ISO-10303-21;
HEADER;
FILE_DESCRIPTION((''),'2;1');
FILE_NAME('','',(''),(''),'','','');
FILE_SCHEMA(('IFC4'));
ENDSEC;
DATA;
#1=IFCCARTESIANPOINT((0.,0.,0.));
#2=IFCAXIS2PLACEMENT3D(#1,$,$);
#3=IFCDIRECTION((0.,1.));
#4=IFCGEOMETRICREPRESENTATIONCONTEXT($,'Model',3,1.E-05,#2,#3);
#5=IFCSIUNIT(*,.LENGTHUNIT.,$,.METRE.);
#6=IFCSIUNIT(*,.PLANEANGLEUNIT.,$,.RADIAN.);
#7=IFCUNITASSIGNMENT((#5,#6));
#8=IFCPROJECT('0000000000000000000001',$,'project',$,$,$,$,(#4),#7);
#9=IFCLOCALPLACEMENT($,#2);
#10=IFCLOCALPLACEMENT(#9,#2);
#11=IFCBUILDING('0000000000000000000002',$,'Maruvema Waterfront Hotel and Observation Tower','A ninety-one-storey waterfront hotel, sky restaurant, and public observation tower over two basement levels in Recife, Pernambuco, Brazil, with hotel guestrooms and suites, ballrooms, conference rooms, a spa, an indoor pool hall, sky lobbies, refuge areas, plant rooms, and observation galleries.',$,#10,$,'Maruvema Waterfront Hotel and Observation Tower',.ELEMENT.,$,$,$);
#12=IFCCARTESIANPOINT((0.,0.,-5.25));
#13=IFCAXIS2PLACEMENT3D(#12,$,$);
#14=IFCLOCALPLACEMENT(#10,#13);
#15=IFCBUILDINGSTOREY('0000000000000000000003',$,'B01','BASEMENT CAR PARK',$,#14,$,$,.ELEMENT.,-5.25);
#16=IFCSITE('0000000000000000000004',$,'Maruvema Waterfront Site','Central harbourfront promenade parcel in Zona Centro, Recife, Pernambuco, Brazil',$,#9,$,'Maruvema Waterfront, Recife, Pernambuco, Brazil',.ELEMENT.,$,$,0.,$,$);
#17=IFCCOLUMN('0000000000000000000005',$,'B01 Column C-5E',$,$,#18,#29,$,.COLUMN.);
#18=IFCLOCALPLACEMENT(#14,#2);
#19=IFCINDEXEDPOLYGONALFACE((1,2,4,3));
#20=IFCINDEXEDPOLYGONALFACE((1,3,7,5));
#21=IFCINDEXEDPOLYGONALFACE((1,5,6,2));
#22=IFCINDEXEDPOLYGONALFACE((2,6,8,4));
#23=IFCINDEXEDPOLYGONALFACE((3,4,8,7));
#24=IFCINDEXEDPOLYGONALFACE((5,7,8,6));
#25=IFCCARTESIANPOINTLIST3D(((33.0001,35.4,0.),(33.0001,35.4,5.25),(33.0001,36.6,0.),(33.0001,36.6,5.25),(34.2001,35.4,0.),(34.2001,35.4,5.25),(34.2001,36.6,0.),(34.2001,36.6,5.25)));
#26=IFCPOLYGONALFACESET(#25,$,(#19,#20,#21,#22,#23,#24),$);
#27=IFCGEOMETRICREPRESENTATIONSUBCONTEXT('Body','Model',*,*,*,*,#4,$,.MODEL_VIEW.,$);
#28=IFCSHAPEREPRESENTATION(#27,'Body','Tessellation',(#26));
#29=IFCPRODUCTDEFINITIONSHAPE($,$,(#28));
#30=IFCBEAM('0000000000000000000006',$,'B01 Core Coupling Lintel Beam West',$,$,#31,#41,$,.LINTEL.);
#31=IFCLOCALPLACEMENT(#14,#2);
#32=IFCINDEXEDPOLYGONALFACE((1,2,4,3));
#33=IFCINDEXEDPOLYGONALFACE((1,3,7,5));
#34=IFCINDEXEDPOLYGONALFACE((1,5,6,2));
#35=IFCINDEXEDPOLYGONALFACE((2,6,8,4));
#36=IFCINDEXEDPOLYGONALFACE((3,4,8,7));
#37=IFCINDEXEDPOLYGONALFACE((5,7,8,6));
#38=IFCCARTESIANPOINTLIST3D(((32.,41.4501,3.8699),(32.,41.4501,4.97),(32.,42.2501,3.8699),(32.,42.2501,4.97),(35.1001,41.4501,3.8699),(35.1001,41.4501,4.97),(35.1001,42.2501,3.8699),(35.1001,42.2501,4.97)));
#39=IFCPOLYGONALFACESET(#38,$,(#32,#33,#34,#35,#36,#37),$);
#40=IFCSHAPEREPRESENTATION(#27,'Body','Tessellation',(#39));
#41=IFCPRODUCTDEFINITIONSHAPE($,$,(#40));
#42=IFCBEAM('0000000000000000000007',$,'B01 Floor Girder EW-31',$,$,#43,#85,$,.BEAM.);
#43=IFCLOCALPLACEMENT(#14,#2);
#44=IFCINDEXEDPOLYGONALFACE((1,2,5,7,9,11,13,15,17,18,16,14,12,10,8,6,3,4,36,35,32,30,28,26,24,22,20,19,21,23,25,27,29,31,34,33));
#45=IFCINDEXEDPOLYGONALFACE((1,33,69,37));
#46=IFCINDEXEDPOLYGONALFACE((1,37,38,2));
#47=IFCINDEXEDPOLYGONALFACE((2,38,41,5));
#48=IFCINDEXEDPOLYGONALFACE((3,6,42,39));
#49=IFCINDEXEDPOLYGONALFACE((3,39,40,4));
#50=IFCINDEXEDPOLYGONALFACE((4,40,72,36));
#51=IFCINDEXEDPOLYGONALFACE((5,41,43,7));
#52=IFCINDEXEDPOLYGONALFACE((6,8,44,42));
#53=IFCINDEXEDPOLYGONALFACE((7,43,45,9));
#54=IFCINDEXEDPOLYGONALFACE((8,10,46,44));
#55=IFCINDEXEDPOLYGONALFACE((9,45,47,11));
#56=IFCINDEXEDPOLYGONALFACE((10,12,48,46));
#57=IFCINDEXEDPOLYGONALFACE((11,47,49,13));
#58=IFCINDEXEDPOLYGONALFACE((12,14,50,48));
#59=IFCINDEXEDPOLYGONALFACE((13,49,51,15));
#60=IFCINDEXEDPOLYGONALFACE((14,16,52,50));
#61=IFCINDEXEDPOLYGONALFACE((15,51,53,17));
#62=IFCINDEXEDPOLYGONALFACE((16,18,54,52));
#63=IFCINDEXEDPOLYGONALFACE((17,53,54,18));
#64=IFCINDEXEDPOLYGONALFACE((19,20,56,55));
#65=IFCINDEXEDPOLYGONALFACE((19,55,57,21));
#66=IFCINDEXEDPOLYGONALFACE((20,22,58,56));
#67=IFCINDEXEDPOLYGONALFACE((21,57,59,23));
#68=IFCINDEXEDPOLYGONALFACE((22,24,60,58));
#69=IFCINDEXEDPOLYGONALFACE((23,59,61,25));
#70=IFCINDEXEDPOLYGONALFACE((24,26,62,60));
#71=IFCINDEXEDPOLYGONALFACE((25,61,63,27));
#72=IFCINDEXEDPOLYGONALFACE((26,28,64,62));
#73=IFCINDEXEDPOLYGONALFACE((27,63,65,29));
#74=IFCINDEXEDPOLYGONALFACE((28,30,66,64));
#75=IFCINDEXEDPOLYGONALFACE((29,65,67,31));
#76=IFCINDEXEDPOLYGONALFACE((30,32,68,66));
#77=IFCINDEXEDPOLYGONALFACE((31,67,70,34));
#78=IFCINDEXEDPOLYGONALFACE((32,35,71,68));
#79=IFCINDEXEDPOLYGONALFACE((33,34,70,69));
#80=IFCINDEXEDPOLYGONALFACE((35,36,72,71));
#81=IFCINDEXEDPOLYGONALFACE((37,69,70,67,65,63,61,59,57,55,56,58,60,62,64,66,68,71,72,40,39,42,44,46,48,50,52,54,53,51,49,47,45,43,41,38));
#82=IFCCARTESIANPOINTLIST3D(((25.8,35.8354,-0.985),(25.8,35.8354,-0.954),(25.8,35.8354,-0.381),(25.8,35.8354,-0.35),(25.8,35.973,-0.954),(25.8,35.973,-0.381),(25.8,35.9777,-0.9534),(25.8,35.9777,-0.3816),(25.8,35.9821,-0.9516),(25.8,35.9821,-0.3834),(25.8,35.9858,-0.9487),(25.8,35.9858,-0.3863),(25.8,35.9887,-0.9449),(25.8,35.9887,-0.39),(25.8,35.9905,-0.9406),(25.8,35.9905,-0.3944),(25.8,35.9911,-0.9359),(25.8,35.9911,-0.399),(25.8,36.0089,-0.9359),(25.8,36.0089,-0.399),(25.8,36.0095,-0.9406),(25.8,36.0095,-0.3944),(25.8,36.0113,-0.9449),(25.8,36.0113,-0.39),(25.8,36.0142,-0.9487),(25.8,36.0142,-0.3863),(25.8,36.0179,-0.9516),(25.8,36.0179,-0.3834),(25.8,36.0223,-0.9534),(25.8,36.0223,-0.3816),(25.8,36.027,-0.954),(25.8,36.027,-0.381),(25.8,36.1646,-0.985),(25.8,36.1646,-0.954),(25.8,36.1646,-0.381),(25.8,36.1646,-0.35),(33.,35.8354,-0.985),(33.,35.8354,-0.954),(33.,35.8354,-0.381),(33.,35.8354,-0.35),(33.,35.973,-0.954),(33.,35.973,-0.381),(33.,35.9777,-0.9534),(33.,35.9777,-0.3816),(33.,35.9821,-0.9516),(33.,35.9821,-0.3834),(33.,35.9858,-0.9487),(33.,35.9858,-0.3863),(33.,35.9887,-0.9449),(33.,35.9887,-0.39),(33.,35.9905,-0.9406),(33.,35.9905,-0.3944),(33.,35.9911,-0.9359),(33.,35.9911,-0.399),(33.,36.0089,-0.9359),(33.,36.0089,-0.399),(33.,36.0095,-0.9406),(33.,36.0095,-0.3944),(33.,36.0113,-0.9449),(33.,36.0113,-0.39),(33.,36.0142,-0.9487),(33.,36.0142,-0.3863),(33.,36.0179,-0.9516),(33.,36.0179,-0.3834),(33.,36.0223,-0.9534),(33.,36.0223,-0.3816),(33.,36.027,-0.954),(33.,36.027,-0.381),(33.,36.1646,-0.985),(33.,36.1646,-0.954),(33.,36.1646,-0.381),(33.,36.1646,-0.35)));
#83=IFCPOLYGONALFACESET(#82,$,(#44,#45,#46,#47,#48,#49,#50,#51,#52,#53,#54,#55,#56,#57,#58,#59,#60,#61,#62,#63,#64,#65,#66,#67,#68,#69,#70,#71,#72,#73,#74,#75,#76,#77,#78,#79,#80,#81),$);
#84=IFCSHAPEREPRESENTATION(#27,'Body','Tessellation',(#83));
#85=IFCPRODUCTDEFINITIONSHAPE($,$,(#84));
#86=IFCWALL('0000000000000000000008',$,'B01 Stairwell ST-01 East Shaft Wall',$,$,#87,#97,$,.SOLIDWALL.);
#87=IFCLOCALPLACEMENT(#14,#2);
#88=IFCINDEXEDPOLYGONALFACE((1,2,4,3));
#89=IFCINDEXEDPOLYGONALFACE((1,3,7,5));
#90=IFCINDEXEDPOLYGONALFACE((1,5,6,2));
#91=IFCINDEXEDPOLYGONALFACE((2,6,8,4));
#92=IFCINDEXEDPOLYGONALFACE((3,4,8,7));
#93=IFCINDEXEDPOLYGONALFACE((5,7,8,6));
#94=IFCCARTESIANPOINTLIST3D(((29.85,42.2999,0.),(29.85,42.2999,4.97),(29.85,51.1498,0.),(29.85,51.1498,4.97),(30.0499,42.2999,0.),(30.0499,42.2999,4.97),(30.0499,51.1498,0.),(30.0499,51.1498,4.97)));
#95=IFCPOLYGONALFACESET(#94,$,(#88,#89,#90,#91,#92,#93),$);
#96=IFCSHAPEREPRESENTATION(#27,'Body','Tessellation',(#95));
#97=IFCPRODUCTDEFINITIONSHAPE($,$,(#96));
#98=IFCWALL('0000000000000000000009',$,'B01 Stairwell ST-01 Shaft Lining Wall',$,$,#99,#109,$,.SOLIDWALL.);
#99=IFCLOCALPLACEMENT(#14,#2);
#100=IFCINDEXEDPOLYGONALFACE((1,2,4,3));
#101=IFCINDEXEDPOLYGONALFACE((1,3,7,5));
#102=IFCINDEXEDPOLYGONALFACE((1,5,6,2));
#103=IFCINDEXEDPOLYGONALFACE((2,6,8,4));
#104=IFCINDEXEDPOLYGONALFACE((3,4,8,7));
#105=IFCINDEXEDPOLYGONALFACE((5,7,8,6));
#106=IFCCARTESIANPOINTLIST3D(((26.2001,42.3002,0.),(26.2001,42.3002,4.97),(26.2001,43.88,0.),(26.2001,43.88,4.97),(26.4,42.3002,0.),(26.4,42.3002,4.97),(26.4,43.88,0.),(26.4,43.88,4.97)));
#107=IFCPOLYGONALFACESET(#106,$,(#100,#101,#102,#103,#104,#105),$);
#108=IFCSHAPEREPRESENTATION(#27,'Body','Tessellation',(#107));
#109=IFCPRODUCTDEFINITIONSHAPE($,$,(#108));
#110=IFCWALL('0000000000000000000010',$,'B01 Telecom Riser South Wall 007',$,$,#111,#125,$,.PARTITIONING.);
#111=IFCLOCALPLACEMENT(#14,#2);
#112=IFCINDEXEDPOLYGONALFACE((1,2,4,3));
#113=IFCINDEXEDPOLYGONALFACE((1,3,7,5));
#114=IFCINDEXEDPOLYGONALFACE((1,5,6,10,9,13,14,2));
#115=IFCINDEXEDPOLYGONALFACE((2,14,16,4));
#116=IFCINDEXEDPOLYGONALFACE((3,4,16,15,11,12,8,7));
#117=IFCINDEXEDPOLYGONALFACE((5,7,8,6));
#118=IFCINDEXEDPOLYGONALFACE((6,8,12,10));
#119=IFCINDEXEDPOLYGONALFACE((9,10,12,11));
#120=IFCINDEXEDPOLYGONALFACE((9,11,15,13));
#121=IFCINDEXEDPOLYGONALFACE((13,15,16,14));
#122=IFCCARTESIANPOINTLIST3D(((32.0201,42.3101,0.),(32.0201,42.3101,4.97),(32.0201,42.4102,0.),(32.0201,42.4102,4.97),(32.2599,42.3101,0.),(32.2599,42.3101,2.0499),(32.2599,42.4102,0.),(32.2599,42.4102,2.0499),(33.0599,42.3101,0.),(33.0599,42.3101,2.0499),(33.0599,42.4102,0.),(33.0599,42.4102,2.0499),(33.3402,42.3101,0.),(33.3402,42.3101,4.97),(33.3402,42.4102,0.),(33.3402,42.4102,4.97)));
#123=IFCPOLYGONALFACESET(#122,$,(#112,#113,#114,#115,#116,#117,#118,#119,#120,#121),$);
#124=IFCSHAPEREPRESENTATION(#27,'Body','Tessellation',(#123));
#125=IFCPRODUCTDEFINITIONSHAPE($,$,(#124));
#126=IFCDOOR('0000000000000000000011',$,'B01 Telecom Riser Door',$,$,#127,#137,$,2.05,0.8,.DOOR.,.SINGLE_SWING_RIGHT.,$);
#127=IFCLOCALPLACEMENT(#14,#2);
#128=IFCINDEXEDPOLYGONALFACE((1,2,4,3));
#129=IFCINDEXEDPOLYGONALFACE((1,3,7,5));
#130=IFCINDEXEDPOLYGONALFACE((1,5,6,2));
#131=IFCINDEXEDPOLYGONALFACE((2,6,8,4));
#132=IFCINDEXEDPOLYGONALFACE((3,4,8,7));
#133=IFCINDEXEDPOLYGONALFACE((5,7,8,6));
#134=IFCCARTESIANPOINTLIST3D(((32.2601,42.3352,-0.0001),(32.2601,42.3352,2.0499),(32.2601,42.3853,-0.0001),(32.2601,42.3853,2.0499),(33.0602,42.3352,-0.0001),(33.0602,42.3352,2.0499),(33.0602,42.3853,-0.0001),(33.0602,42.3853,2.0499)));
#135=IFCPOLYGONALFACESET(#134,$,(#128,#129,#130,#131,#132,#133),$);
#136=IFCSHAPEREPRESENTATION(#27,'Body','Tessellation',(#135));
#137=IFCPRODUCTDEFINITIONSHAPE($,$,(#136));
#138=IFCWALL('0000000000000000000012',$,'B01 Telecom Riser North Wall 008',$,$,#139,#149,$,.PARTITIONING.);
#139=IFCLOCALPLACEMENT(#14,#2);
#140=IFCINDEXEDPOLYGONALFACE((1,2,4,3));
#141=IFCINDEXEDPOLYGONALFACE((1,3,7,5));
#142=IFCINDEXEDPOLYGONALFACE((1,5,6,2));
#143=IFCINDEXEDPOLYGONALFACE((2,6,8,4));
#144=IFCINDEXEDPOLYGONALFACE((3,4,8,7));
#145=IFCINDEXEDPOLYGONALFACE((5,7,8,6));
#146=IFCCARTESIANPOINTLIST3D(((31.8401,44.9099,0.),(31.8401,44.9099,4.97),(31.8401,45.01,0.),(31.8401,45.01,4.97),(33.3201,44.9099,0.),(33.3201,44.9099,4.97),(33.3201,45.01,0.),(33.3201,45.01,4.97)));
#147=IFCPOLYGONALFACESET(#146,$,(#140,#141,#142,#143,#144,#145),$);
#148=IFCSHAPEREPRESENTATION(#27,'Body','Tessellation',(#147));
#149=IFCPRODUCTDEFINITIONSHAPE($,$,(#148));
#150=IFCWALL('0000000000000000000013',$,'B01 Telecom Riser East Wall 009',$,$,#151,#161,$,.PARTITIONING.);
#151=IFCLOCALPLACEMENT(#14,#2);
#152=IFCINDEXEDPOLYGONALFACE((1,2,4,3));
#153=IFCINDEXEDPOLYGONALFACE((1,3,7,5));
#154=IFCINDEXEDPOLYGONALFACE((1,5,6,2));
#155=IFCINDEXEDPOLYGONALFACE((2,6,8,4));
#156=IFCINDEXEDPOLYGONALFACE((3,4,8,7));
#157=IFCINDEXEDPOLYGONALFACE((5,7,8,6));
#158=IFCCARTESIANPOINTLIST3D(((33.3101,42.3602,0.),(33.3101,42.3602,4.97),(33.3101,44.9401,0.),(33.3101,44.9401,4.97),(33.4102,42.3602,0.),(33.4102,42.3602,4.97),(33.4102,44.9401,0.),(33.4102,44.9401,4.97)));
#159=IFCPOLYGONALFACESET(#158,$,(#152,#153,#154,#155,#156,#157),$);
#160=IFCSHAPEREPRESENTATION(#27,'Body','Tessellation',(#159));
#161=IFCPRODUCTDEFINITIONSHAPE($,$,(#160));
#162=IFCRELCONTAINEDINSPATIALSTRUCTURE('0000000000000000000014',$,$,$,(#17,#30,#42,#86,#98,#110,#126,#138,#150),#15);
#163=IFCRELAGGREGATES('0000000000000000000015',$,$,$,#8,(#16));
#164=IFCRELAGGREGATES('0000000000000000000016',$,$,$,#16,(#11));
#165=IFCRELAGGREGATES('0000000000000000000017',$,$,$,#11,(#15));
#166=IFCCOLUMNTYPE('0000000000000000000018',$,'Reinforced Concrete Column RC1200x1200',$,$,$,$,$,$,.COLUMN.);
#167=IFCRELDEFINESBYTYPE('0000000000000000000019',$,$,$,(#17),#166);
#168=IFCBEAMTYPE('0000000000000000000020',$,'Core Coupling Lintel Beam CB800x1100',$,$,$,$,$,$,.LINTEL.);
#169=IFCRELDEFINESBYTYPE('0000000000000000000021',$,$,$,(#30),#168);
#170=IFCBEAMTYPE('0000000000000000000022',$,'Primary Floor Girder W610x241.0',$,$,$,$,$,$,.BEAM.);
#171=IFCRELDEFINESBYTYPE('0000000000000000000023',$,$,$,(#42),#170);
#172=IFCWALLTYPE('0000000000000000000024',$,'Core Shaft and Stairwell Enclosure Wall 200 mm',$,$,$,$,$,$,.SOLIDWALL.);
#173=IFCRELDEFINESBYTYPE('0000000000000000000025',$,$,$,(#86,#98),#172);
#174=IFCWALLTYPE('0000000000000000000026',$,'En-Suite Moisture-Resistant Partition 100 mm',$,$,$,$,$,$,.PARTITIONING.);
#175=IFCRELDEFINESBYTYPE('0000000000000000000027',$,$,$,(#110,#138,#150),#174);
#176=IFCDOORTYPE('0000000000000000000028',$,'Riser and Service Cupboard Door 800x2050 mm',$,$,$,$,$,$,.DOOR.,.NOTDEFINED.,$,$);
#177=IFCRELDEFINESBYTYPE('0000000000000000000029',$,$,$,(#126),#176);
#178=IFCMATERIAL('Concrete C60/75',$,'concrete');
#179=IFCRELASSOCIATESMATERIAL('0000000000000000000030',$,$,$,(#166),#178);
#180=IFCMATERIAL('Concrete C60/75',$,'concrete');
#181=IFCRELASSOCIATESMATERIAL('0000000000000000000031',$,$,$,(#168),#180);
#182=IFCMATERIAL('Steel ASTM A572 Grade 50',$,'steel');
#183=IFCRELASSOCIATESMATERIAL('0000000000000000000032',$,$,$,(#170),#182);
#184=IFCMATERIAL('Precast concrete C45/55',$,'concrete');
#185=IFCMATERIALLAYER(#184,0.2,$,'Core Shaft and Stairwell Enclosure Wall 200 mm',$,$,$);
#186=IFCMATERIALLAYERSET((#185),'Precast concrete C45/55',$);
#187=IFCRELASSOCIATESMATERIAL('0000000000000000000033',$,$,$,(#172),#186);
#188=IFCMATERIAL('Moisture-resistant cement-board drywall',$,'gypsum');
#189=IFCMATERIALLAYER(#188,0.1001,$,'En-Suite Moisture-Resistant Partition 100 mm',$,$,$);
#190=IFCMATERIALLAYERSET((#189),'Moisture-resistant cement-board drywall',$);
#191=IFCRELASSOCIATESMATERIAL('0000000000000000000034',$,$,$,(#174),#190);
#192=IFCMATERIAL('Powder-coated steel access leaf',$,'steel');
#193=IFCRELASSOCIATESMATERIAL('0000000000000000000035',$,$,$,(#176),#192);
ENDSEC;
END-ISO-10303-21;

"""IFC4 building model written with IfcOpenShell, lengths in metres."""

from ifc_helpers import new_model, si_unit, direction, frame, frame_2d, origin, origin_2d, place, context, subcontext, project, spatial, rectangle, i_section, extrude, material, layer, layer_set, material_profile, profile_set, type_object, element, fill, save


model = new_model("IFC4")

# Units and contexts
model_context = context("Model", 3, precision=1e-05, world=origin(), true_north=direction((0.0, 1.0)))
body_context = subcontext(model_context, "Body", "Model", "MODEL_VIEW")
ifc_project = project(units=[si_unit("LENGTHUNIT", "METRE"), si_unit("PLANEANGLEUNIT", "RADIAN")], contexts=[model_context])

# Site, building, storey
site_placement = place(None, origin())
site = spatial("IfcSite", under=ifc_project, at=site_placement, Name="Maruvema Waterfront Site", Description="Central harbourfront promenade parcel in Zona Centro, Recife, Pernambuco, Brazil", LongName="Maruvema Waterfront, Recife, Pernambuco, Brazil", CompositionType="ELEMENT", RefElevation=0.0)
building_placement = place(site_placement, origin())
building = spatial("IfcBuilding", under=site, at=building_placement, Name="Maruvema Waterfront Hotel and Observation Tower", Description="A ninety-one-storey waterfront hotel, sky restaurant, and public observation tower over two basement levels in Recife, Pernambuco, Brazil, with hotel guestrooms and suites, ballrooms, conference rooms, a spa, an indoor pool hall, sky lobbies, refuge areas, plant rooms, and observation galleries.", LongName="Maruvema Waterfront Hotel and Observation Tower", CompositionType="ELEMENT")
storey_placement = place(building_placement, frame((0.0, 0.0, -5.25)))
storey = spatial("IfcBuildingStorey", under=building, at=storey_placement, Name="B01", Description="BASEMENT CAR PARK", CompositionType="ELEMENT", Elevation=-5.25)

# Column
ifc_material_1 = material(Name="Concrete C60/75", Category="concrete")
ifc_material_profile_1 = material_profile(ifc_material_1, rectangle(XDim=1.2, YDim=1.2, at=origin_2d()), Name="RC1200x1200")
ifc_profile_set_1 = profile_set([ifc_material_profile_1], Name="Concrete C60/75")
column_type = type_object("IfcColumnType", Name="Reinforced Concrete Column RC1200x1200", PredefinedType="COLUMN", material=ifc_profile_set_1)
column_placement = place(storey_placement, frame((33.6001, 36.0, 0.0), z_axis=(0.0, 0.0, 1.0), x_axis=(1.0, 0.0, 0.0)))
element("IfcColumn", 1, at=column_placement, inside=storey, type_object=column_type, Name="B01 Column C-5E", PredefinedType="COLUMN", context=body_context, shape_type="SweptSolid", body=[
    extrude(rectangle(XDim=1.2, YDim=1.2, at=origin_2d()), origin(), (0.0, 0.0, 1.0), 5.25),
])

# Beams
ifc_material_2 = material(Name="Concrete C60/75", Category="concrete")
ifc_material_profile_2 = material_profile(ifc_material_2, rectangle(XDim=0.8, YDim=1.1001, at=origin_2d()), Name="CB800x1100")
ifc_profile_set_2 = profile_set([ifc_material_profile_2], Name="Concrete C60/75")
beam_type_1 = type_object("IfcBeamType", Name="Core Coupling Lintel Beam CB800x1100", PredefinedType="LINTEL", material=ifc_profile_set_2)
beam_1_placement = place(storey_placement, frame((32.0, 41.8501, 4.4199), z_axis=(1.0, 0.0, 0.0), x_axis=(0.0, 1.0, 0.0)))
element("IfcBeam", 2, at=beam_1_placement, inside=storey, type_object=beam_type_1, Name="B01 Core Coupling Lintel Beam West", PredefinedType="LINTEL", context=body_context, shape_type="SweptSolid", body=[
    extrude(rectangle(XDim=0.8, YDim=1.1001, at=origin_2d()), origin(), (0.0, 0.0, 1.0), 3.1001),
])
ifc_material_3 = material(Name="Steel ASTM A572 Grade 50", Category="steel")
ifc_material_profile_3 = material_profile(ifc_material_3, i_section(OverallWidth=0.3291, OverallDepth=0.635, WebThickness=0.0178, FlangeThickness=0.031, FilletRadius=0.0181, at=origin_2d()), Name="W610x241.0")
ifc_profile_set_3 = profile_set([ifc_material_profile_3], Name="Steel ASTM A572 Grade 50")
beam_type_2 = type_object("IfcBeamType", Name="Primary Floor Girder W610x241.0", PredefinedType="BEAM", material=ifc_profile_set_3)
beam_2_placement = place(storey_placement, frame((25.8, 36.0, -0.6675), z_axis=(1.0, 0.0, 0.0), x_axis=(0.0, 1.0, 0.0)))
element("IfcBeam", 3, at=beam_2_placement, inside=storey, type_object=beam_type_2, Name="B01 Floor Girder EW-31", PredefinedType="BEAM", context=body_context, shape_type="SweptSolid", body=[
    extrude(i_section(OverallWidth=0.3291, OverallDepth=0.635, WebThickness=0.0178, FlangeThickness=0.031, FilletRadius=0.0181, at=origin_2d()), origin(), (0.0, 0.0, 1.0), 7.2),
])

# Walls
ifc_material_4 = material(Name="Precast concrete C45/55", Category="concrete")
ifc_layer_1 = layer(ifc_material_4, 0.2, Name="Core Shaft and Stairwell Enclosure Wall 200 mm")
ifc_layer_set_1 = layer_set([ifc_layer_1], Name="Precast concrete C45/55")
wall_type_1 = type_object("IfcWallType", Name="Core Shaft and Stairwell Enclosure Wall 200 mm", PredefinedType="SOLIDWALL", material=ifc_layer_set_1)
wall_1_placement = place(storey_placement, frame((29.95, 42.3, 0.0), z_axis=(0.0, 0.0, 1.0), x_axis=(0.0, 1.0, 0.0)))
element("IfcWall", 4, at=wall_1_placement, inside=storey, type_object=wall_type_1, Name="B01 Stairwell ST-01 East Shaft Wall", PredefinedType="SOLIDWALL", context=body_context, shape_type="SweptSolid", body=[
    extrude(rectangle(XDim=8.8499, YDim=0.2, at=frame_2d((4.4248, 0.0))), origin(), (0.0, 0.0, 1.0), 4.97),
])
wall_2_placement = place(storey_placement, frame((26.3, 42.3, 0.0), z_axis=(0.0, 0.0, 1.0), x_axis=(0.0, 1.0, 0.0)))
element("IfcWall", 5, at=wall_2_placement, inside=storey, type_object=wall_type_1, Name="B01 Stairwell ST-01 Shaft Lining Wall", PredefinedType="SOLIDWALL", context=body_context, shape_type="SweptSolid", body=[
    extrude(rectangle(XDim=1.5798, YDim=0.2, at=frame_2d((0.79, 0.0))), origin(), (0.0, 0.0, 1.0), 4.97),
])

# Wall, opening, door
ifc_material_5 = material(Name="Moisture-resistant cement-board drywall", Category="gypsum")
ifc_layer_2 = layer(ifc_material_5, 0.1001, Name="En-Suite Moisture-Resistant Partition 100 mm")
ifc_layer_set_2 = layer_set([ifc_layer_2], Name="Moisture-resistant cement-board drywall")
wall_type_2 = type_object("IfcWallType", Name="En-Suite Moisture-Resistant Partition 100 mm", PredefinedType="PARTITIONING", material=ifc_layer_set_2)
wall_3_placement = place(storey_placement, frame((32.02, 42.3601, 0.0), z_axis=(0.0, 0.0, 1.0), x_axis=(1.0, 0.0, 0.0)))
wall_3 = element("IfcWall", 6, at=wall_3_placement, inside=storey, type_object=wall_type_2, Name="B01 Telecom Riser South Wall 007", PredefinedType="PARTITIONING", context=body_context, shape_type="SweptSolid", body=[
    extrude(rectangle(XDim=1.3201, YDim=0.1001, at=frame_2d((0.6602, 0.0))), origin(), (0.0, 0.0, 1.0), 4.97),
])
opening_1_placement = place(wall_3_placement, frame((0.24, 0.0, 0.0)))
opening_1 = element("IfcOpeningElement", 7, at=opening_1_placement, cuts=wall_3, PredefinedType="OPENING", context=body_context, shape_type="SweptSolid", body=[
    extrude(rectangle(XDim=0.8, YDim=2.05, at=frame_2d((0.3999, 1.0249))), frame((0.0, 0.0601, 0.0), z_axis=(0.0, -1.0, 0.0), x_axis=(1.0, 0.0, 0.0)), (0.0, 0.0, 1.0), 0.1201),
])
ifc_material_6 = material(Name="Powder-coated steel access leaf", Category="steel")
door_type_1 = type_object("IfcDoorType", Name="Riser and Service Cupboard Door 800x2050 mm", OperationType="NOTDEFINED", PredefinedType="DOOR", material=ifc_material_6)
door_1_placement = place(opening_1_placement, frame((0.8, 0.0, 0.0), z_axis=(0.0, 0.0, 1.0), x_axis=(-1.0, 0.0, 0.0)))
door_1 = element("IfcDoor", 8, at=door_1_placement, inside=storey, type_object=door_type_1, Name="B01 Telecom Riser Door", OperationType="SINGLE_SWING_RIGHT", OverallHeight=2.05, OverallWidth=0.8, PredefinedType="DOOR", context=body_context, shape_type="SweptSolid", body=[
    extrude(rectangle(XDim=0.8, YDim=2.05, at=frame_2d((0.3999, 1.0249))), frame((0.0, 0.0249, 0.0), z_axis=(0.0, -1.0, 0.0), x_axis=(1.0, 0.0, 0.0)), (0.0, 0.0, 1.0), 0.05),
])
fill(opening_1, door_1)

# Walls
wall_4_placement = place(storey_placement, frame((31.8401, 44.96, 0.0), z_axis=(0.0, 0.0, 1.0), x_axis=(1.0, 0.0, 0.0)))
element("IfcWall", 9, at=wall_4_placement, inside=storey, type_object=wall_type_2, Name="B01 Telecom Riser North Wall 008", PredefinedType="PARTITIONING", context=body_context, shape_type="SweptSolid", body=[
    extrude(rectangle(XDim=1.48, YDim=0.1001, at=frame_2d((0.74, 0.0))), origin(), (0.0, 0.0, 1.0), 4.97),
])
wall_5_placement = place(storey_placement, frame((33.3601, 42.3601, 0.0), z_axis=(0.0, 0.0, 1.0), x_axis=(0.0, 1.0, 0.0)))
element("IfcWall", 10, at=wall_5_placement, inside=storey, type_object=wall_type_2, Name="B01 Telecom Riser East Wall 009", PredefinedType="PARTITIONING", context=body_context, shape_type="SweptSolid", body=[
    extrude(rectangle(XDim=2.5798, YDim=0.1001, at=frame_2d((1.29, 0.0))), origin(), (0.0, 0.0, 1.0), 4.97),
])

save(model, "model.ifc")
